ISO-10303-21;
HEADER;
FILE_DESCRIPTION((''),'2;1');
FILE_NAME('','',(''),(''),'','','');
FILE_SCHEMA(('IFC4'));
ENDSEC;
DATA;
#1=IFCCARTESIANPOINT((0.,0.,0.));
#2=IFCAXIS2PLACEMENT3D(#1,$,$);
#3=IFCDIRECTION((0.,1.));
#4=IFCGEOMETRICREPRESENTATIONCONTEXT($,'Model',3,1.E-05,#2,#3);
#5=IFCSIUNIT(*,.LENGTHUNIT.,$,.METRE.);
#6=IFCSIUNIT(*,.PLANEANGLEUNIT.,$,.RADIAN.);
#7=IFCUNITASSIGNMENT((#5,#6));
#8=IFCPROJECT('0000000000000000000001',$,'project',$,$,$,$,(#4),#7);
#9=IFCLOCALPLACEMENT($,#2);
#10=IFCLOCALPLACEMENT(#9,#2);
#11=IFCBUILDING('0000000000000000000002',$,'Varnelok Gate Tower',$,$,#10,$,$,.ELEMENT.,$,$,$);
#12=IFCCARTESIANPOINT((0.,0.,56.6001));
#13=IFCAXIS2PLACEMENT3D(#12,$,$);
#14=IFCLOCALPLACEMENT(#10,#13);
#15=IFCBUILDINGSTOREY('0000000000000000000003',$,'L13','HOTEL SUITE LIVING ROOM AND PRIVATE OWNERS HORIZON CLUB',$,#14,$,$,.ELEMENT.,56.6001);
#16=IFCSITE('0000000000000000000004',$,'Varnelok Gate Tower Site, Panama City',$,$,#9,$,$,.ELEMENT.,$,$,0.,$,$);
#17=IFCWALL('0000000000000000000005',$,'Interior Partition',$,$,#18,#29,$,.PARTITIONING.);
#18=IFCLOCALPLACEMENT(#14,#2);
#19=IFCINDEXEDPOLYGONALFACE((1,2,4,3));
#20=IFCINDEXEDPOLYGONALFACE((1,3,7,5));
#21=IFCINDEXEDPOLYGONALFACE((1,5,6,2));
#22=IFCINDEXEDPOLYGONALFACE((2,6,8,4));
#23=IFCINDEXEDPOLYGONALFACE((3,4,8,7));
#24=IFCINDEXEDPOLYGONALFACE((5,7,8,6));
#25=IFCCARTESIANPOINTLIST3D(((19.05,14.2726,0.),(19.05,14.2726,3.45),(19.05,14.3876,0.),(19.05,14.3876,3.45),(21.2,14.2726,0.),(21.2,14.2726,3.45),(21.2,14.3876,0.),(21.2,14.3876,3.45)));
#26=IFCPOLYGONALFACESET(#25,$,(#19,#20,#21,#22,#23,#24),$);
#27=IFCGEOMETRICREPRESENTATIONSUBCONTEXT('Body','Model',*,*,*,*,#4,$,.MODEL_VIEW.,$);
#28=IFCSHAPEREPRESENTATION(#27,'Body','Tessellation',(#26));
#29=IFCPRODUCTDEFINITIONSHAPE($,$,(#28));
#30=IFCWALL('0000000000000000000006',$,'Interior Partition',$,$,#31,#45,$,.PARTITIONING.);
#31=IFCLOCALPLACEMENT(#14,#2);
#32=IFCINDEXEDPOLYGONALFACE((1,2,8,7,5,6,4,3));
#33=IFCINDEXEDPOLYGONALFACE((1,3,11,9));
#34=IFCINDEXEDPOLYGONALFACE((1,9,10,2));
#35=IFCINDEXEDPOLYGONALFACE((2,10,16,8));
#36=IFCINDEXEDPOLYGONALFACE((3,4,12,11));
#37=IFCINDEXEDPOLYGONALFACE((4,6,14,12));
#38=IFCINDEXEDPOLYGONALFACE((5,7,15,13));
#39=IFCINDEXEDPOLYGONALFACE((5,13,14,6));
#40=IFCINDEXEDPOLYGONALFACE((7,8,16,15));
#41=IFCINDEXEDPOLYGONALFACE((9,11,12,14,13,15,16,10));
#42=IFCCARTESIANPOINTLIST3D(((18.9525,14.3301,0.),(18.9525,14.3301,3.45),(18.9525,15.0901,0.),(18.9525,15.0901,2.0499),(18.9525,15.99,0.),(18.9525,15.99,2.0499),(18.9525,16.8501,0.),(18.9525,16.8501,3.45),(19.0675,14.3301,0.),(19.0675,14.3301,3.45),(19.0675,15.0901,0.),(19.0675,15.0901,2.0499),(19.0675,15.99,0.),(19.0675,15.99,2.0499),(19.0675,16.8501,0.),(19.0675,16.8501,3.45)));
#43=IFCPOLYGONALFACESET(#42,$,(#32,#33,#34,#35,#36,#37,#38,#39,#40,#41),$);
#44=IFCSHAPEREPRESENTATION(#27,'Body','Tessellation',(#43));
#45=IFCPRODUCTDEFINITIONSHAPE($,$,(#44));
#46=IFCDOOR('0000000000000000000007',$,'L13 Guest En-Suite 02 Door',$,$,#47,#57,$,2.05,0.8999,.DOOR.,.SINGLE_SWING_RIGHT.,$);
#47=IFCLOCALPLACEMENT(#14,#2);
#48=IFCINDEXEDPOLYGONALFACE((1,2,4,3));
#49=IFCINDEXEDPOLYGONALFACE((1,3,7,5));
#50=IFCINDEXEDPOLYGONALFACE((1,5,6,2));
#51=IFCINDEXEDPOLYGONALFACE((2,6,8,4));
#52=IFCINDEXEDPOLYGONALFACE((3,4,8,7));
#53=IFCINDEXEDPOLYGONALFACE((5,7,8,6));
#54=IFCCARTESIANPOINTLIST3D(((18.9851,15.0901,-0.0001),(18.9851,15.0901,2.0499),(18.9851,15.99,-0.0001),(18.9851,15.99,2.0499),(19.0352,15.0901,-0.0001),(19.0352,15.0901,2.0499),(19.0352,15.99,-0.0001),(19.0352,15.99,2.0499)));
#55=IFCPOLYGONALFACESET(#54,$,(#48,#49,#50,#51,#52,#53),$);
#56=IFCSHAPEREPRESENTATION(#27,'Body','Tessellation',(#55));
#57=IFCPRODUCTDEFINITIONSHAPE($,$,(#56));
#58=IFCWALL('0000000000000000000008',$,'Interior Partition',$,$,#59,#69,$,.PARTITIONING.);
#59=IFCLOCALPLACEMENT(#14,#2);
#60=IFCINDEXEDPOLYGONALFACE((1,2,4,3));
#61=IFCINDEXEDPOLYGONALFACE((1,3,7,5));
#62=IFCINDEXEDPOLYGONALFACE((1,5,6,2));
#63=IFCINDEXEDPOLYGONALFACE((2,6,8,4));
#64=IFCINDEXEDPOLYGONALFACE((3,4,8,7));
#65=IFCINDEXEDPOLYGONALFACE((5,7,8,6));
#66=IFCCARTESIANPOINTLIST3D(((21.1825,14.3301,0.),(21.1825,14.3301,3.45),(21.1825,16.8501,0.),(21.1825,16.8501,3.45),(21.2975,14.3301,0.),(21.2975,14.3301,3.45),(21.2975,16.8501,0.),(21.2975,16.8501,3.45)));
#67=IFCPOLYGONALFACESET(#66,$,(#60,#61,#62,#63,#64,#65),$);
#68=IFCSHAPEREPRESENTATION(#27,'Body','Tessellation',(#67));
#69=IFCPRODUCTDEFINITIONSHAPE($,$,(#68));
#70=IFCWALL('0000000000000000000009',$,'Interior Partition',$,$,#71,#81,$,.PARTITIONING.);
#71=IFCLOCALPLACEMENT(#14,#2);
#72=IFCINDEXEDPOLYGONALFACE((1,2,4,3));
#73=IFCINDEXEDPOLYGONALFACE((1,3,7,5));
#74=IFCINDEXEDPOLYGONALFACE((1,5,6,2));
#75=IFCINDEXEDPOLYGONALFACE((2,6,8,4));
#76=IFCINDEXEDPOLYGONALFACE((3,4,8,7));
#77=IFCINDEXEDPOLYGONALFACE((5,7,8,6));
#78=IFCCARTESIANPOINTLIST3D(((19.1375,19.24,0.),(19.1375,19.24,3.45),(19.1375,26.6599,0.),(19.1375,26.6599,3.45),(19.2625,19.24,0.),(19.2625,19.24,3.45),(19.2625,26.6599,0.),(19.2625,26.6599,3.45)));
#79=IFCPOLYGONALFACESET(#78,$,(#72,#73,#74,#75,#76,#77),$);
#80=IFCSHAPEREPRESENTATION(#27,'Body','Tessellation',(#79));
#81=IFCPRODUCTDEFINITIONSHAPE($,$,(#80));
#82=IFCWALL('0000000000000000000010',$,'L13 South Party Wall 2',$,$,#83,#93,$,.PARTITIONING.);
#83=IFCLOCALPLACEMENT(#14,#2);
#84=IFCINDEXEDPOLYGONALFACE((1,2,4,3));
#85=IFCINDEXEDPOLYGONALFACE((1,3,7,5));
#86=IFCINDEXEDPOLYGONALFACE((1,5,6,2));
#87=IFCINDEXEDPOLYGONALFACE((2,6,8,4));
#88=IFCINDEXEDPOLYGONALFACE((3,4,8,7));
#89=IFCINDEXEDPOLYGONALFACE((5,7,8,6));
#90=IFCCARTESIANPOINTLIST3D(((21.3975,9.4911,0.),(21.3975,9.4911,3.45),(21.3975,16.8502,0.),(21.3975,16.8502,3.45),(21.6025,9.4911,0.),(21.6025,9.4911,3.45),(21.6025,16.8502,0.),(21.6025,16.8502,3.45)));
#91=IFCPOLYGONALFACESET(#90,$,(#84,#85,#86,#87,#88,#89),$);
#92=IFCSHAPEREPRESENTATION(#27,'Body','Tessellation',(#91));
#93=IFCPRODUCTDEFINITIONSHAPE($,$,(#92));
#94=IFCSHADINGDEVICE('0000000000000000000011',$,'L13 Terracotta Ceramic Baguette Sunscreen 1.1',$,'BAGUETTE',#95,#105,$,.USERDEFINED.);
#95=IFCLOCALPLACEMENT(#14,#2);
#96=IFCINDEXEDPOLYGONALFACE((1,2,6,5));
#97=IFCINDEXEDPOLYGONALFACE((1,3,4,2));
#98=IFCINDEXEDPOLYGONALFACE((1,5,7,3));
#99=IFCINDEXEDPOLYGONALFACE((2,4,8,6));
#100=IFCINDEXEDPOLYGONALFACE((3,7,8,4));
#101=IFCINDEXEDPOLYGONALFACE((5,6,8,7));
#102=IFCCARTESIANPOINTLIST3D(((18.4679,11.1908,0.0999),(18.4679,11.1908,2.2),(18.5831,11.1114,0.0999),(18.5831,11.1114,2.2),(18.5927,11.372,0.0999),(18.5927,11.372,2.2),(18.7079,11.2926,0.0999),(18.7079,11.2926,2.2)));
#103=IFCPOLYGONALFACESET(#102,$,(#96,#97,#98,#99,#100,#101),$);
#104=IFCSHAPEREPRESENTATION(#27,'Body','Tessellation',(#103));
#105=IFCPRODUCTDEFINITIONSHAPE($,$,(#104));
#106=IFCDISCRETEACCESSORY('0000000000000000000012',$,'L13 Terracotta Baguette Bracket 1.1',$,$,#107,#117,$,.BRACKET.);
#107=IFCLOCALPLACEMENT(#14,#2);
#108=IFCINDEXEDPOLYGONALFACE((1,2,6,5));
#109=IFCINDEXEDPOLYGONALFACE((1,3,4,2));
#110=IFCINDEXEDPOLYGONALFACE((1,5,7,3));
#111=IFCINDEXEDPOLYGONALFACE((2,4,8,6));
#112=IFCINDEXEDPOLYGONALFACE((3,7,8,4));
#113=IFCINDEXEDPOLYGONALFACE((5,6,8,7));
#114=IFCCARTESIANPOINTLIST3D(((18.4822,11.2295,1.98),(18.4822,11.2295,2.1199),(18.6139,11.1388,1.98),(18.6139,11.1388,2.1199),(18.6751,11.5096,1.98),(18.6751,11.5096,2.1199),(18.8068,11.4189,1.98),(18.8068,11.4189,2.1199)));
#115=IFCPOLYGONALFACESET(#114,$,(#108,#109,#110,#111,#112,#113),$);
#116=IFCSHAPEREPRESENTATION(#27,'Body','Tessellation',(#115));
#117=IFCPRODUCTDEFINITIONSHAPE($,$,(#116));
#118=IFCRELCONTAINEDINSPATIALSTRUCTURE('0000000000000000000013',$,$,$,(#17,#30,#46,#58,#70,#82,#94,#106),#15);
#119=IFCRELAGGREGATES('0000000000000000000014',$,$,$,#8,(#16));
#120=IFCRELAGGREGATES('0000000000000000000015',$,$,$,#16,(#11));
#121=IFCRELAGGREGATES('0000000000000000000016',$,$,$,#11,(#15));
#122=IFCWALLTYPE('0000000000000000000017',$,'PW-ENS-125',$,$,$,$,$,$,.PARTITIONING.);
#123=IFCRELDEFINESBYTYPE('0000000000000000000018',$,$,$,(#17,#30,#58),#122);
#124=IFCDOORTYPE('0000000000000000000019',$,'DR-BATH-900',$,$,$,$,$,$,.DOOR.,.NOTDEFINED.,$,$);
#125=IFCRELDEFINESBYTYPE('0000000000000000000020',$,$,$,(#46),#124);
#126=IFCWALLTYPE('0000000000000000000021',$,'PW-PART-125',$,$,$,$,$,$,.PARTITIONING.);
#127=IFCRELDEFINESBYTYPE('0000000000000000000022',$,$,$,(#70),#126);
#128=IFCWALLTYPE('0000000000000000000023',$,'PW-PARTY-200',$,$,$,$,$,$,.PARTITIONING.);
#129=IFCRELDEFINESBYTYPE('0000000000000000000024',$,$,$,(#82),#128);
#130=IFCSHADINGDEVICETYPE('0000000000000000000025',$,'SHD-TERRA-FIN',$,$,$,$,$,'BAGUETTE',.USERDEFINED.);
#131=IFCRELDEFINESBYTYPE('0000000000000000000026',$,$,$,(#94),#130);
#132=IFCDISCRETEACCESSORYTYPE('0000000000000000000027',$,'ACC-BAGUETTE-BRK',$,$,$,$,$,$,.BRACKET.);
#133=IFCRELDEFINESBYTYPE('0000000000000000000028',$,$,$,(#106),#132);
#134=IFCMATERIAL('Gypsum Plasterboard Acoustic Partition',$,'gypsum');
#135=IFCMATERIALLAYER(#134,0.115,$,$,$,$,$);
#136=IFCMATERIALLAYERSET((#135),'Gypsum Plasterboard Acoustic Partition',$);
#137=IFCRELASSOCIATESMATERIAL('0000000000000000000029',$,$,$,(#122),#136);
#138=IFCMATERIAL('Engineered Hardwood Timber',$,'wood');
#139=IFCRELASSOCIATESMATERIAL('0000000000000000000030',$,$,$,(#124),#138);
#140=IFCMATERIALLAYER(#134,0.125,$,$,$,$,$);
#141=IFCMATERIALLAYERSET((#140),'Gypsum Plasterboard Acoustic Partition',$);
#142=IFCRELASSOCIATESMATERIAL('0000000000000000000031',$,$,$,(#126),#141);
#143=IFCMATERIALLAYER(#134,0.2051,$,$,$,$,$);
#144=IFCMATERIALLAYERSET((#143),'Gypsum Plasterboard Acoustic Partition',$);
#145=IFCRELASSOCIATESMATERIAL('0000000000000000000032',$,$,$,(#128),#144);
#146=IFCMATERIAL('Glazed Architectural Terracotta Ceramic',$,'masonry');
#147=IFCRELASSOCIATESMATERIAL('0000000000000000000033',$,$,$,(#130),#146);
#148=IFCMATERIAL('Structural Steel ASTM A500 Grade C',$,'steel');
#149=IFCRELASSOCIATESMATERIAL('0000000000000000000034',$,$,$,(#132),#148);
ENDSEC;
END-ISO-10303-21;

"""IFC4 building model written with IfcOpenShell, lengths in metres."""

from ifc_helpers import new_model, si_unit, direction, frame, frame_2d, origin, origin_2d, place, context, subcontext, project, spatial, rectangle, extrude, source, transform, mapped, material, layer, layer_set, type_object, element, fill, save


model = new_model("IFC4")

# Units and contexts
model_context = context("Model", 3, precision=1e-05, world=origin(), true_north=direction((0.0, 1.0)))
body_context = subcontext(model_context, "Body", "Model", "MODEL_VIEW")
ifc_project = project(units=[si_unit("LENGTHUNIT", "METRE"), si_unit("PLANEANGLEUNIT", "RADIAN")], contexts=[model_context])

# Site, building, storey
site_placement = place(None, origin())
site = spatial("IfcSite", under=ifc_project, at=site_placement, Name="Varnelok Gate Tower Site, Panama City", CompositionType="ELEMENT", RefElevation=0.0)
building_placement = place(site_placement, origin())
building = spatial("IfcBuilding", under=site, at=building_placement, Name="Varnelok Gate Tower", CompositionType="ELEMENT")
storey_placement = place(building_placement, frame((0.0, 0.0, 56.6001)))
storey = spatial("IfcBuildingStorey", under=building, at=storey_placement, Name="L13", Description="HOTEL SUITE LIVING ROOM AND PRIVATE OWNERS HORIZON CLUB", CompositionType="ELEMENT", Elevation=56.6001)

# Shared definitions
ifc_material_1 = material(Name="Gypsum Plasterboard Acoustic Partition", Category="gypsum")
ifc_material_2 = material(Name="Engineered Hardwood Timber", Category="wood")

# Wall
ifc_layer_1 = layer(ifc_material_1, 0.115)
ifc_layer_set_1 = layer_set([ifc_layer_1], Name="Gypsum Plasterboard Acoustic Partition")
wall_type_1 = type_object("IfcWallType", Name="PW-ENS-125", PredefinedType="PARTITIONING", material=ifc_layer_set_1)
wall_1_placement = place(storey_placement, frame((19.05, 14.3301, 0.0), z_axis=(0.0, 0.0, 1.0), x_axis=(1.0, 0.0, 0.0)))
element("IfcWall", 1, at=wall_1_placement, inside=storey, type_object=wall_type_1, Name="Interior Partition", PredefinedType="PARTITIONING", context=body_context, shape_type="SweptSolid", body=[
    extrude(rectangle(XDim=2.1499, YDim=0.115, at=frame_2d((1.075, 0.0))), origin(), (0.0, 0.0, 1.0), 3.45),
])

# Wall, opening, door
wall_2_placement = place(storey_placement, frame((19.01, 14.3301, 0.0), z_axis=(0.0, 0.0, 1.0), x_axis=(0.0, 1.0, 0.0)))
wall_2 = element("IfcWall", 2, at=wall_2_placement, inside=storey, type_object=wall_type_1, Name="Interior Partition", PredefinedType="PARTITIONING", context=body_context, shape_type="SweptSolid", body=[
    extrude(rectangle(XDim=2.52, YDim=0.115, at=frame_2d((1.26, 0.0))), origin(), (0.0, 0.0, 1.0), 3.45),
])
opening_1_placement = place(wall_2_placement, frame((0.76, 0.0, 0.0)))
opening_1 = element("IfcOpeningElement", 3, at=opening_1_placement, cuts=wall_2, PredefinedType="OPENING", context=body_context, shape_type="SweptSolid", body=[
    extrude(rectangle(XDim=0.8999, YDim=2.05, at=frame_2d((0.45, 1.0249))), frame((0.0, 0.0674, 0.0), z_axis=(0.0, -1.0, 0.0), x_axis=(1.0, 0.0, 0.0)), (0.0, 0.0, 1.0), 0.135),
])
door_type_1 = type_object("IfcDoorType", Name="DR-BATH-900", OperationType="NOTDEFINED", PredefinedType="DOOR", material=ifc_material_2)
door_1_placement = place(opening_1_placement, origin())
door_1 = element("IfcDoor", 4, at=door_1_placement, inside=storey, type_object=door_type_1, Name="L13 Guest En-Suite 02 Door", OperationType="SINGLE_SWING_RIGHT", OverallHeight=2.05, OverallWidth=0.8999, PredefinedType="DOOR", context=body_context, shape_type="SweptSolid", body=[
    extrude(rectangle(XDim=0.8999, YDim=2.05, at=frame_2d((0.45, 1.0249))), frame((0.0, 0.0249, 0.0), z_axis=(0.0, -1.0, 0.0), x_axis=(1.0, 0.0, 0.0)), (0.0, 0.0, 1.0), 0.05),
])
fill(opening_1, door_1)

# Walls
wall_3_placement = place(storey_placement, frame((21.24, 14.3301, 0.0), z_axis=(0.0, 0.0, 1.0), x_axis=(0.0, 1.0, 0.0)))
element("IfcWall", 5, at=wall_3_placement, inside=storey, type_object=wall_type_1, Name="Interior Partition", PredefinedType="PARTITIONING", context=body_context, shape_type="SweptSolid", body=[
    extrude(rectangle(XDim=2.52, YDim=0.115, at=frame_2d((1.26, 0.0))), origin(), (0.0, 0.0, 1.0), 3.45),
])
ifc_layer_2 = layer(ifc_material_1, 0.125)
ifc_layer_set_2 = layer_set([ifc_layer_2], Name="Gypsum Plasterboard Acoustic Partition")
wall_type_2 = type_object("IfcWallType", Name="PW-PART-125", PredefinedType="PARTITIONING", material=ifc_layer_set_2)
wall_4_placement = place(storey_placement, frame((19.2, 19.24, 0.0), z_axis=(0.0, 0.0, 1.0), x_axis=(0.0, 1.0, 0.0)))
element("IfcWall", 6, at=wall_4_placement, inside=storey, type_object=wall_type_2, Name="Interior Partition", PredefinedType="PARTITIONING", context=body_context, shape_type="SweptSolid", body=[
    extrude(rectangle(XDim=7.4199, YDim=0.125, at=frame_2d((3.71, 0.0))), origin(), (0.0, 0.0, 1.0), 3.45),
])
ifc_layer_3 = layer(ifc_material_1, 0.2051)
ifc_layer_set_3 = layer_set([ifc_layer_3], Name="Gypsum Plasterboard Acoustic Partition")
wall_type_3 = type_object("IfcWallType", Name="PW-PARTY-200", PredefinedType="PARTITIONING", material=ifc_layer_set_3)
wall_5_placement = place(storey_placement, frame((21.5, 9.491, 0.0), z_axis=(0.0, 0.0, 1.0), x_axis=(0.0, 1.0, 0.0)))
element("IfcWall", 7, at=wall_5_placement, inside=storey, type_object=wall_type_3, Name="L13 South Party Wall 2", PredefinedType="PARTITIONING", context=body_context, shape_type="SweptSolid", body=[
    extrude(rectangle(XDim=7.3591, YDim=0.2051, at=frame_2d((3.6797, 0.0))), origin(), (0.0, 0.0, 1.0), 3.45),
])

# Shading device
ifc_material_3 = material(Name="Glazed Architectural Terracotta Ceramic", Category="masonry")
shading_device_type = type_object("IfcShadingDeviceType", Name="SHD-TERRA-FIN", ElementType="BAGUETTE", PredefinedType="USERDEFINED", material=ifc_material_3)
shared_shape_1 = source(origin(), body_context, "Body", "SweptSolid", [
    extrude(rectangle(XDim=0.1399, YDim=0.22, at=origin_2d()), origin(), (0.0, 0.0, 1.0), 2.1001),
])
shading_device_placement = place(storey_placement, frame((18.5879, 11.2417, 0.0999), z_axis=(0.0, 0.0, 1.0), x_axis=(0.823533, -0.567269, 0.0)))
element("IfcShadingDevice", 8, at=shading_device_placement, inside=storey, type_object=shading_device_type, Name="L13 Terracotta Ceramic Baguette Sunscreen 1.1", ObjectType="BAGUETTE", PredefinedType="USERDEFINED", context=body_context, shape_type="MappedRepresentation", body=[
    mapped(shared_shape_1, transform((0.0, 0.0, 0.0), scale=1.0)),
])

# Discrete accessory
ifc_material_4 = material(Name="Structural Steel ASTM A500 Grade C", Category="steel")
discrete_accessory_type = type_object("IfcDiscreteAccessoryType", Name="ACC-BAGUETTE-BRK", PredefinedType="BRACKET", material=ifc_material_4)
shared_shape_2 = source(origin(), body_context, "Body", "SweptSolid", [
    extrude(rectangle(XDim=0.1599, YDim=0.3401, at=origin_2d()), origin(), (0.0, 0.0, 1.0), 0.1399),
])
discrete_accessory_placement = place(storey_placement, frame((18.6445, 11.3242, 1.98), z_axis=(0.0, 0.0, 1.0), x_axis=(0.823533, -0.567269, 0.0)))
element("IfcDiscreteAccessory", 9, at=discrete_accessory_placement, inside=storey, type_object=discrete_accessory_type, Name="L13 Terracotta Baguette Bracket 1.1", PredefinedType="BRACKET", context=body_context, shape_type="MappedRepresentation", body=[
    mapped(shared_shape_2, transform((0.0, 0.0, 0.0), scale=1.0)),
])

save(model, "model.ifc")
